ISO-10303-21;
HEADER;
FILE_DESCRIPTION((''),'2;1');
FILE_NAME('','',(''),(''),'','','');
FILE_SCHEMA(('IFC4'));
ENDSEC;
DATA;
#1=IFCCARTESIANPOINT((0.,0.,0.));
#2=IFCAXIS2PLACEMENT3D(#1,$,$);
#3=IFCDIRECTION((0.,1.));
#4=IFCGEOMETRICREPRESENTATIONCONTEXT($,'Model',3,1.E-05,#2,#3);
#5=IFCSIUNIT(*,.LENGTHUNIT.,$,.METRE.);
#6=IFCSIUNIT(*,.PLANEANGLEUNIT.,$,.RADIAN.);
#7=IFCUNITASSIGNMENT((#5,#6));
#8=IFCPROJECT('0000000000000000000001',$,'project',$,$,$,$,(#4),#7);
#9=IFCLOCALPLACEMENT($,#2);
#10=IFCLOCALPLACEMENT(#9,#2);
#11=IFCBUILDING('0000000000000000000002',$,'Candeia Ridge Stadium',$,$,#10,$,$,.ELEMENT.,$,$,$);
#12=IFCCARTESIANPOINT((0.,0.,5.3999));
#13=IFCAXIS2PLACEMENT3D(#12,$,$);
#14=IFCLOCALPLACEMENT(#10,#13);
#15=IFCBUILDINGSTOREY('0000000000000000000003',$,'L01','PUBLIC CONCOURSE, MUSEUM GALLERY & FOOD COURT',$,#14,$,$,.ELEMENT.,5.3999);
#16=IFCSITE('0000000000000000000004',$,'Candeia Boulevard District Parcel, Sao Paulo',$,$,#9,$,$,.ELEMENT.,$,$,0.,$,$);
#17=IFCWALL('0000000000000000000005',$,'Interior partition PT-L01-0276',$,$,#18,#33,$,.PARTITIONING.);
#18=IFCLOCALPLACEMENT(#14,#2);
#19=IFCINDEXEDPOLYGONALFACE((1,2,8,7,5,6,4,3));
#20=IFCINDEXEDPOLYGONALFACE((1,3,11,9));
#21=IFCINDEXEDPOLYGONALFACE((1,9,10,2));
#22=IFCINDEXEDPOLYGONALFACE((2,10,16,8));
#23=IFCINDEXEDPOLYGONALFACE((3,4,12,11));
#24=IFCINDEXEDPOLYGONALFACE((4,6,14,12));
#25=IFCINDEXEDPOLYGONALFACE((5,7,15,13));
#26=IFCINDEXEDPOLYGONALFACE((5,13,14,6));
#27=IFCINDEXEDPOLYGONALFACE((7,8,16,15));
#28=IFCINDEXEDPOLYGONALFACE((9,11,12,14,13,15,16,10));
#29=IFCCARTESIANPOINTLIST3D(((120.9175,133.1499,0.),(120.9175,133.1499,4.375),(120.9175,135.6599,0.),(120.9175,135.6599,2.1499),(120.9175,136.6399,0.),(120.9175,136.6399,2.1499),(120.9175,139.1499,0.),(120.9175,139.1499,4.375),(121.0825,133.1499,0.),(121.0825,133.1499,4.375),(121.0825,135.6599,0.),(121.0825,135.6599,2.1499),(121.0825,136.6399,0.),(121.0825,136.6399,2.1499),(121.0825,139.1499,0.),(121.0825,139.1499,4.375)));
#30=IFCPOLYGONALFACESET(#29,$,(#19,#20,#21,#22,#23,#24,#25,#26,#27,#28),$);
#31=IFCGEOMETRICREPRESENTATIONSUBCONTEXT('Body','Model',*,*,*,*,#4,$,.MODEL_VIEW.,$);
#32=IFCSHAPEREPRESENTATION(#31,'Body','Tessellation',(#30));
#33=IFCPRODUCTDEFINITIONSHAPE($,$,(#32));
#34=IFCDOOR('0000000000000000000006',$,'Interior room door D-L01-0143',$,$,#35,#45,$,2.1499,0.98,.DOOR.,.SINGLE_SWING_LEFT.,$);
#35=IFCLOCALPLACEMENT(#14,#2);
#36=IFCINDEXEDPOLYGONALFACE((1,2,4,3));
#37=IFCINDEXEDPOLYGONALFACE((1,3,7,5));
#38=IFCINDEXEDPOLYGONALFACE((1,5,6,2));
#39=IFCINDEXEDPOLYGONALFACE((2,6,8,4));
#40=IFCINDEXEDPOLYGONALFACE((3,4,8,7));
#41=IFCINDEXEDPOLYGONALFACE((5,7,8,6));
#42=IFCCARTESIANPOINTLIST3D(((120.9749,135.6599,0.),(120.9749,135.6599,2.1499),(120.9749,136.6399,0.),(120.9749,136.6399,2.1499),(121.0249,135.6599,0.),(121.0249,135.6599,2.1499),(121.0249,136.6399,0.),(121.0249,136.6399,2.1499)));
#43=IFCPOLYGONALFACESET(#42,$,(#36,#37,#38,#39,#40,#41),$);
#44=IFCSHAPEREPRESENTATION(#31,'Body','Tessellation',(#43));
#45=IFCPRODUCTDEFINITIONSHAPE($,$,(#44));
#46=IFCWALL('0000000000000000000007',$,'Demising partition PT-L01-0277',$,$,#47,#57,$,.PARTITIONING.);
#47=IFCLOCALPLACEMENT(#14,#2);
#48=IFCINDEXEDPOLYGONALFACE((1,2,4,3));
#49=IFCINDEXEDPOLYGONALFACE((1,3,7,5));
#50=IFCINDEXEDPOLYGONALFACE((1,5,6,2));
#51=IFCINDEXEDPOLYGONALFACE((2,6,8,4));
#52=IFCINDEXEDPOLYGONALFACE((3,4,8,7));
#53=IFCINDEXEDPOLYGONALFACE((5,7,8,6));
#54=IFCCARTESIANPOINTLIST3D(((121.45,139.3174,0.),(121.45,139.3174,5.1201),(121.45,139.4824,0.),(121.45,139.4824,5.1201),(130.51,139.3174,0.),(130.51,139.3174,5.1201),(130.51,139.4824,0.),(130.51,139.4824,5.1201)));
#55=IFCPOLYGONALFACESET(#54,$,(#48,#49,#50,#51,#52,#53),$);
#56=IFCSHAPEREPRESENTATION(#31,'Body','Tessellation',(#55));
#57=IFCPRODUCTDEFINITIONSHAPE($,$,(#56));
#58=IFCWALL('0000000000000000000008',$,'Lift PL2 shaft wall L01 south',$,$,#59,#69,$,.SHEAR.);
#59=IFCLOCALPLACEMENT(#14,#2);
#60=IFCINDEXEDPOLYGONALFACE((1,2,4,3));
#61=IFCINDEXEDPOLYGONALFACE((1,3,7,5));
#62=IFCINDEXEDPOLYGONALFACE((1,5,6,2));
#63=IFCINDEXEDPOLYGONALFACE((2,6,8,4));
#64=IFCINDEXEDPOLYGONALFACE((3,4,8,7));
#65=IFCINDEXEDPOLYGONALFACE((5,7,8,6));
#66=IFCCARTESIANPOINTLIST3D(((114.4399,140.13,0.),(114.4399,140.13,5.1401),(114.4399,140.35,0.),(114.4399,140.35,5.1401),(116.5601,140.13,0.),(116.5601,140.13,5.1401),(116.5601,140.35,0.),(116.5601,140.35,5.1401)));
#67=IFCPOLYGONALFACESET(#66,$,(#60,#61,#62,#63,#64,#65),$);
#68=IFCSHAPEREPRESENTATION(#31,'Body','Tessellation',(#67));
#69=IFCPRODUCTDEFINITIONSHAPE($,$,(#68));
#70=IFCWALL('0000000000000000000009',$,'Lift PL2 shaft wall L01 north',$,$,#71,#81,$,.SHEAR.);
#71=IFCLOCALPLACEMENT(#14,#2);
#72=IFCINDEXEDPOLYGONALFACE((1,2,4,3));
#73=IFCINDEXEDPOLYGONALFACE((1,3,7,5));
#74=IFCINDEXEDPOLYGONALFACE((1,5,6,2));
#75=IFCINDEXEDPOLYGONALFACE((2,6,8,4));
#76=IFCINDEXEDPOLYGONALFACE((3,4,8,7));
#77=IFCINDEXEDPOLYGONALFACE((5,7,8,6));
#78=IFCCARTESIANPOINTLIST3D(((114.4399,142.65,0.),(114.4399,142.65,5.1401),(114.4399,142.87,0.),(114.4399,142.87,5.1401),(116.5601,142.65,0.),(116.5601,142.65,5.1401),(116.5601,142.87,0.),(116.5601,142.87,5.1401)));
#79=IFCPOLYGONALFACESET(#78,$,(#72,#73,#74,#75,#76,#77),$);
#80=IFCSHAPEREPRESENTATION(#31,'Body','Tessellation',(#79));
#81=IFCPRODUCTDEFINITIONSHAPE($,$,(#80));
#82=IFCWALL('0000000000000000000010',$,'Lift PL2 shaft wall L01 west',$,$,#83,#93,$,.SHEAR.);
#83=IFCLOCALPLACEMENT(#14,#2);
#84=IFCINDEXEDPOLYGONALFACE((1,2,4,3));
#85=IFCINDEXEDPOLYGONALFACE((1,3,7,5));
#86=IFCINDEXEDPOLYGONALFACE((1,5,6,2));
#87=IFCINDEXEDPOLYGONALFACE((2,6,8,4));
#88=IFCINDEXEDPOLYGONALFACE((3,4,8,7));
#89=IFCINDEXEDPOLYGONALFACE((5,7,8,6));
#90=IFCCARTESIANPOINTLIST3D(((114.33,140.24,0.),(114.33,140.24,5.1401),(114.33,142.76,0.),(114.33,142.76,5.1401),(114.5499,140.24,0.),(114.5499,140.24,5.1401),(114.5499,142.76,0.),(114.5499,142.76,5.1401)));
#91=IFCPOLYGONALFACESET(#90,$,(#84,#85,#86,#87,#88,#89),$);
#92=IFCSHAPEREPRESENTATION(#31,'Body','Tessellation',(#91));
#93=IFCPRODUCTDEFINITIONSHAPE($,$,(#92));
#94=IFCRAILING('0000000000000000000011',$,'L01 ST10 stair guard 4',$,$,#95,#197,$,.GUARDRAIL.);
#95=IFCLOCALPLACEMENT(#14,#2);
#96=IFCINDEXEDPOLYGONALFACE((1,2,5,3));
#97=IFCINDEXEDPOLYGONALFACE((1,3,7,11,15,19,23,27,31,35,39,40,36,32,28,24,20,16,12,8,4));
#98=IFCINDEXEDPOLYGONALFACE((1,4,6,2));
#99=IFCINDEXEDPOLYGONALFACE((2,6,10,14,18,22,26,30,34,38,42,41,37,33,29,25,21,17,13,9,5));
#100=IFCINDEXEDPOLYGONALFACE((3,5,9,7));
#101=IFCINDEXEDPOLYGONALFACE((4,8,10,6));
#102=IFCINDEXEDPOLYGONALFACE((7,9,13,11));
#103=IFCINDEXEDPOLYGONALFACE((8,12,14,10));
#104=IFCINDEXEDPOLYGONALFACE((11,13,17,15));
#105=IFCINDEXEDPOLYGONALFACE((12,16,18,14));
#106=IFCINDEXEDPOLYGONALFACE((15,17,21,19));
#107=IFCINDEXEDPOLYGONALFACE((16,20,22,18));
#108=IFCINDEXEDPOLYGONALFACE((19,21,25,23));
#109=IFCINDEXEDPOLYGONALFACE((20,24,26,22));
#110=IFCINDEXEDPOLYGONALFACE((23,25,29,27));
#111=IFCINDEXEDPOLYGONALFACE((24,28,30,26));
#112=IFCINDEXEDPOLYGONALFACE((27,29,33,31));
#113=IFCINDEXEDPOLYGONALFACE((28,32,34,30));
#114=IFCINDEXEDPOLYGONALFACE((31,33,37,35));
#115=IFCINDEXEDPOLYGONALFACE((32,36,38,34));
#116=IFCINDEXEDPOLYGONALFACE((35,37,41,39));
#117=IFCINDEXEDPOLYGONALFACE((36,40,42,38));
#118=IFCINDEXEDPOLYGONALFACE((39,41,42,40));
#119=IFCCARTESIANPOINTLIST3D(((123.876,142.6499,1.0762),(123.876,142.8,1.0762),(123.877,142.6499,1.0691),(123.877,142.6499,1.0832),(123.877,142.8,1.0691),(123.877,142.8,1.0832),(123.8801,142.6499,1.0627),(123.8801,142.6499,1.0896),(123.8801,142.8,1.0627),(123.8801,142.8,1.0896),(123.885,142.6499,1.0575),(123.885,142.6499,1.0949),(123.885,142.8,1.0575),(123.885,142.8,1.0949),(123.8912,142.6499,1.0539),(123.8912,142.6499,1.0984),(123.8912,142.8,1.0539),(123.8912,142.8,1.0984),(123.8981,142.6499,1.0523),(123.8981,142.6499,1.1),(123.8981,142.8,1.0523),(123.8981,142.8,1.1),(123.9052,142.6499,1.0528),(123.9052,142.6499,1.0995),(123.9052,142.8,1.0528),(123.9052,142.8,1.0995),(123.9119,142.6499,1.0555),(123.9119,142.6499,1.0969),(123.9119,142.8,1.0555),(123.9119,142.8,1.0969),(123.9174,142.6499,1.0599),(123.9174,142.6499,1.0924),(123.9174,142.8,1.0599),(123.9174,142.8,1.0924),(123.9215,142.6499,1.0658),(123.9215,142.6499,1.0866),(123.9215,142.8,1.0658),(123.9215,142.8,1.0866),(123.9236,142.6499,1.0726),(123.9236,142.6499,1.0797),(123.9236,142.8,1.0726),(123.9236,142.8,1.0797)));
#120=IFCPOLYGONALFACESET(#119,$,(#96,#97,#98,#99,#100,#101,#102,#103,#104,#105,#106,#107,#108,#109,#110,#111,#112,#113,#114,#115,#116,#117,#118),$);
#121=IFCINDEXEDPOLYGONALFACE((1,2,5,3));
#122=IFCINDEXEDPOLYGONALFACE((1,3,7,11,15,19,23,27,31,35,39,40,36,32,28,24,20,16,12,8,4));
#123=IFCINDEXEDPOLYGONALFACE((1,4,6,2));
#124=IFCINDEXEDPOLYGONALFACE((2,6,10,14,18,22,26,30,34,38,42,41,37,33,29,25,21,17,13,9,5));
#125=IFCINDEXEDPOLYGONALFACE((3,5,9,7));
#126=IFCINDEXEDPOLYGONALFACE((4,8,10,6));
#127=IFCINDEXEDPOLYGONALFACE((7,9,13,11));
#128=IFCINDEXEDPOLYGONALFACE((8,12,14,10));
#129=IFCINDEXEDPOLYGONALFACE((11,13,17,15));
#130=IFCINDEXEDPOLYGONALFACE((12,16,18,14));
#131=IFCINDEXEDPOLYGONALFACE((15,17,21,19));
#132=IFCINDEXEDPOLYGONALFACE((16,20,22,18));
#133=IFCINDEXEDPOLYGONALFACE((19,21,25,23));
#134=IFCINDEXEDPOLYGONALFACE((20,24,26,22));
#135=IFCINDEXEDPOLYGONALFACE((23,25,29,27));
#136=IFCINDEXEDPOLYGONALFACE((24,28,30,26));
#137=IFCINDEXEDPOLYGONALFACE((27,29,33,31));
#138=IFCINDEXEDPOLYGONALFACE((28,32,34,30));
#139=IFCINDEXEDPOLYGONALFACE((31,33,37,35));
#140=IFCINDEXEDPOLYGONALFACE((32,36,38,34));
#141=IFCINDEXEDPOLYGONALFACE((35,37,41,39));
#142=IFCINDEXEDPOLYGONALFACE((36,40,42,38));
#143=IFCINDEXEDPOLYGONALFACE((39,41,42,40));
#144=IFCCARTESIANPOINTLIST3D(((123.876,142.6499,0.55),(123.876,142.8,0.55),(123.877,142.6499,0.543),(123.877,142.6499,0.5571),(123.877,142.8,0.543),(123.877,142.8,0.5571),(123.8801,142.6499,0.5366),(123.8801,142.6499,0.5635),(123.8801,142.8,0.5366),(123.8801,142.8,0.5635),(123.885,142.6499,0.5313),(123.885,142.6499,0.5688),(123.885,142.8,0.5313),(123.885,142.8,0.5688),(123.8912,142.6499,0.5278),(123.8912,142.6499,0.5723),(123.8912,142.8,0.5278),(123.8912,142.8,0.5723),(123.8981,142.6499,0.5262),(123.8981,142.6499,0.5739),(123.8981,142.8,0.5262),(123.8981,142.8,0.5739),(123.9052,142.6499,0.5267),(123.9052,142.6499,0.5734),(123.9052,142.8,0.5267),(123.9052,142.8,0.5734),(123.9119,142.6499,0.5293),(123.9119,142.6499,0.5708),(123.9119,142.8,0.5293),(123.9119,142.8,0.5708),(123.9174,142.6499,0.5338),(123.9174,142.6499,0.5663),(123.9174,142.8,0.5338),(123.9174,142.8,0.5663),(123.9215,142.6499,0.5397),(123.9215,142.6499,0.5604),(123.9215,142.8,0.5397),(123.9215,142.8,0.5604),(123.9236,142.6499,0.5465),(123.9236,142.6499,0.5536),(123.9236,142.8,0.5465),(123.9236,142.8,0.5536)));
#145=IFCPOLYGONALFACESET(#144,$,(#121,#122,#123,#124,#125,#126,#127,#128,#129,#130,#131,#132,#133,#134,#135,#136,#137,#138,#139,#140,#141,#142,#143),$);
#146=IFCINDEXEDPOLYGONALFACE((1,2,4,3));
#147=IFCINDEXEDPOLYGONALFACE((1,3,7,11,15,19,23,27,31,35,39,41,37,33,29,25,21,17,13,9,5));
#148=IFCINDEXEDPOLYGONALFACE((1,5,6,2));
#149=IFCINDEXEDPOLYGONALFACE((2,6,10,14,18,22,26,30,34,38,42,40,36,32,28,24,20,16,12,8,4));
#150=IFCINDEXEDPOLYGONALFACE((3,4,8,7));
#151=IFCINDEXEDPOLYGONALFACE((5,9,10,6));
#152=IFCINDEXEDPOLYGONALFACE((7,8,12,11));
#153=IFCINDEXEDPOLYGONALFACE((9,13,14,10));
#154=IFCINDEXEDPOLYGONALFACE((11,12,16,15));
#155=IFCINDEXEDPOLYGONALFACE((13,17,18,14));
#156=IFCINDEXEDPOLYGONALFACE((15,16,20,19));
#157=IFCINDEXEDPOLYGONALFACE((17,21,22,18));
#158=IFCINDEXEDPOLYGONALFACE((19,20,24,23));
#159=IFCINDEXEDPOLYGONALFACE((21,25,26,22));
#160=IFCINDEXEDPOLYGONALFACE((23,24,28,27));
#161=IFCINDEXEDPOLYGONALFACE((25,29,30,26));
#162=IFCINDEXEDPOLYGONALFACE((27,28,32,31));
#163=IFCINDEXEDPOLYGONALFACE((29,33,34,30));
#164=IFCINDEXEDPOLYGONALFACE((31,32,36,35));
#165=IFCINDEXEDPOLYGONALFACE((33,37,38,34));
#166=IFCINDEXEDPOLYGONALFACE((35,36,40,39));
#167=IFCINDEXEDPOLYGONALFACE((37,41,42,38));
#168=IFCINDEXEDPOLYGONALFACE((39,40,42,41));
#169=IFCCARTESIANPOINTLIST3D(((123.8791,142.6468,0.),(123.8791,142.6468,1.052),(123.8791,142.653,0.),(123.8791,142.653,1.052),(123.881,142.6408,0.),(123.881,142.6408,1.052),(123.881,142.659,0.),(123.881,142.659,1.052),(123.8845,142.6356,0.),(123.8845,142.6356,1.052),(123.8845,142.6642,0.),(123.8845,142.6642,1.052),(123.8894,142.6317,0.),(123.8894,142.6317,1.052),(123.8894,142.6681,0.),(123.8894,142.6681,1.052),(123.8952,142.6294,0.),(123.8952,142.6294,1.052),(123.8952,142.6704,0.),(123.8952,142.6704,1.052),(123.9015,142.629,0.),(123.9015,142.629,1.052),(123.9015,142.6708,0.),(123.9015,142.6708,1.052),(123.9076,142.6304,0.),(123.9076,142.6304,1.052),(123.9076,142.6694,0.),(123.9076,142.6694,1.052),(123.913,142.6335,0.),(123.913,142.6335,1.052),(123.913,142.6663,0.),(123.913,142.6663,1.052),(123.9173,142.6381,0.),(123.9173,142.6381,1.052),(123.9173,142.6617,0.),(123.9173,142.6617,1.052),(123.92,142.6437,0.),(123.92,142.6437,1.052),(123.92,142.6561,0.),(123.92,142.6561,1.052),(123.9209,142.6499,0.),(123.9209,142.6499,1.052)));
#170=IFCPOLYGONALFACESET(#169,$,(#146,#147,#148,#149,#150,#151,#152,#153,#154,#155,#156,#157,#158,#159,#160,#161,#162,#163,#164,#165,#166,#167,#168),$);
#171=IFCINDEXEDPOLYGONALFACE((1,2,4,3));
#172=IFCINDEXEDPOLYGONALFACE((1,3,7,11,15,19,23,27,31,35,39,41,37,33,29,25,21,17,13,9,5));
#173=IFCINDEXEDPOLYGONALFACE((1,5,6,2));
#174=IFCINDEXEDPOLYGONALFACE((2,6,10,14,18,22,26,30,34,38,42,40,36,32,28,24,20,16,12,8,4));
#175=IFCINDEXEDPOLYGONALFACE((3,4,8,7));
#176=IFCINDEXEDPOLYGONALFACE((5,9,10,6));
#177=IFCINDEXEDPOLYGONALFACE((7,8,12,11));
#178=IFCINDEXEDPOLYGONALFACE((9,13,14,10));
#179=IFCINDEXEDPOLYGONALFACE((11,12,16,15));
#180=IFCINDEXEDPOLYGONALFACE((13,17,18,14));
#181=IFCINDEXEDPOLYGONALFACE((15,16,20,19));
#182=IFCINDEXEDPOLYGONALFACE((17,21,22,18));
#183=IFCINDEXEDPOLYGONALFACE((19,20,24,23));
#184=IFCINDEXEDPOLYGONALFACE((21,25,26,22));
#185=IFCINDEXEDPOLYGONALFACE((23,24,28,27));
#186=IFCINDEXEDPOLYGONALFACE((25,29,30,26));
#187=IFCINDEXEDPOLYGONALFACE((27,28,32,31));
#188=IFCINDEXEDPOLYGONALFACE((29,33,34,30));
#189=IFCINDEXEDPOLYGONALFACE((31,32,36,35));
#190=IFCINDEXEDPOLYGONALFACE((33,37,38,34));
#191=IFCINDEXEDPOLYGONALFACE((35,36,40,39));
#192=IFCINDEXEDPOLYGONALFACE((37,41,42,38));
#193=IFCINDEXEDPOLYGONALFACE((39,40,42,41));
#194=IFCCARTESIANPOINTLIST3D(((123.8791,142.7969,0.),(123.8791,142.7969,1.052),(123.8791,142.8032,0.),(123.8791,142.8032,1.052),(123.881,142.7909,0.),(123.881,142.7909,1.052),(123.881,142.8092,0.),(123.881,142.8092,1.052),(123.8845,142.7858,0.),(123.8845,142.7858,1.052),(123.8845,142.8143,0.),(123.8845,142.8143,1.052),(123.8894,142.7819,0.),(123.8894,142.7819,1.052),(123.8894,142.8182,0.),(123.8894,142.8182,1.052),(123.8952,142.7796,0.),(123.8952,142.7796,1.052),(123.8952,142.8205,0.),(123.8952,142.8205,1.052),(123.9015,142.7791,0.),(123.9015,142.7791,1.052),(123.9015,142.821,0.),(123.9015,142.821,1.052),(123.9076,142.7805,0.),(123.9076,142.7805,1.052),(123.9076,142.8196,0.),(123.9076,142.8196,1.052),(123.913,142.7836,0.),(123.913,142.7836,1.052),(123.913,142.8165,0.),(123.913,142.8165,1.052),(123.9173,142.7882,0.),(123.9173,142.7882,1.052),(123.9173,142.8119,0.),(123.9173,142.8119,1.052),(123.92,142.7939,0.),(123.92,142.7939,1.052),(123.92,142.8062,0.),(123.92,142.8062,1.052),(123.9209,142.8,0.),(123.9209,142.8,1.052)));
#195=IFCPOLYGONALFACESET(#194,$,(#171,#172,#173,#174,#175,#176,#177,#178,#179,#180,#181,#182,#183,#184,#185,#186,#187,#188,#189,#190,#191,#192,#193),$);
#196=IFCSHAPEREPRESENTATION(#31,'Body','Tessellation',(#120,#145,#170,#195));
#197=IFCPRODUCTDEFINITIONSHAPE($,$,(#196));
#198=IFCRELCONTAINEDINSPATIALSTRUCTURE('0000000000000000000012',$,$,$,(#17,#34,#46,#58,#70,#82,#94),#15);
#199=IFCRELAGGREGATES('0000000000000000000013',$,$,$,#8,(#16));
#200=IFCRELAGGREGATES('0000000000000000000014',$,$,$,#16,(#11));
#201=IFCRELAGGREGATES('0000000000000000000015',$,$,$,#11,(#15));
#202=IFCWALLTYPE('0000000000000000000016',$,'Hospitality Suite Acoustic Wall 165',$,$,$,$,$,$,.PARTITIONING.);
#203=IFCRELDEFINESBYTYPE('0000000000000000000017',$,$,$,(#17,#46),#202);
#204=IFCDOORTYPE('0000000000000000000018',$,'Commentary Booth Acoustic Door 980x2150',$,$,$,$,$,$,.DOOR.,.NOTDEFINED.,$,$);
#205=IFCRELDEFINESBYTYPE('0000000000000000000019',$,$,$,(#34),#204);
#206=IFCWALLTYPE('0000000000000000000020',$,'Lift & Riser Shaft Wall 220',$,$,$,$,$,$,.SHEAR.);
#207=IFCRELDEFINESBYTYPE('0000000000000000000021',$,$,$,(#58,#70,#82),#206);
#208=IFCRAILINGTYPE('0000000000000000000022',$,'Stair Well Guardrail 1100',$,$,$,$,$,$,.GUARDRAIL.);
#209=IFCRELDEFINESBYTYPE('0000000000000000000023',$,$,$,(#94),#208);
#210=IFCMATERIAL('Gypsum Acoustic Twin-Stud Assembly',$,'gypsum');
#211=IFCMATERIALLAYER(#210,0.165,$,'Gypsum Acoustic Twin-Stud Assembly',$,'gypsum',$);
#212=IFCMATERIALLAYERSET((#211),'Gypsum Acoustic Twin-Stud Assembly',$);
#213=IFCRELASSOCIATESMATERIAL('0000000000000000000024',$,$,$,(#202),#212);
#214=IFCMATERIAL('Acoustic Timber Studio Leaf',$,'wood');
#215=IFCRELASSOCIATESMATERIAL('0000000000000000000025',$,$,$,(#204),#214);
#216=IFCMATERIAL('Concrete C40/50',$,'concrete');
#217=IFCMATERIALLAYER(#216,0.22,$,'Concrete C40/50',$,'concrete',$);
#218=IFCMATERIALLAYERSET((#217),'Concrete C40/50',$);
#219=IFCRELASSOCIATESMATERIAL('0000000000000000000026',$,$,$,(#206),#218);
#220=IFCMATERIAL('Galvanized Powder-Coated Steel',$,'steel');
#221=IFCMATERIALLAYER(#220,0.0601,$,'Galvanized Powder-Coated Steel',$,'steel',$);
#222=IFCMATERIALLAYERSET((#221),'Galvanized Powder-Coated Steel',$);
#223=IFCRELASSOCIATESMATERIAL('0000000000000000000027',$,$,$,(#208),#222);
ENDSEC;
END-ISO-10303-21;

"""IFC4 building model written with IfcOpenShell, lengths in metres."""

from ifc_helpers import new_model, si_unit, direction, frame, frame_2d, origin, origin_2d, place, context, subcontext, project, spatial, rectangle, circle, extrude, material, layer, layer_set, type_object, element, fill, save


model = new_model("IFC4")

# Units and contexts
model_context = context("Model", 3, precision=1e-05, world=origin(), true_north=direction((0.0, 1.0)))
body_context = subcontext(model_context, "Body", "Model", "MODEL_VIEW")
ifc_project = project(units=[si_unit("LENGTHUNIT", "METRE"), si_unit("PLANEANGLEUNIT", "RADIAN")], contexts=[model_context])

# Site, building, storey
site_placement = place(None, origin())
site = spatial("IfcSite", under=ifc_project, at=site_placement, Name="Candeia Boulevard District Parcel, Sao Paulo", CompositionType="ELEMENT", RefElevation=0.0)
building_placement = place(site_placement, origin())
building = spatial("IfcBuilding", under=site, at=building_placement, Name="Candeia Ridge Stadium", CompositionType="ELEMENT")
storey_placement = place(building_placement, frame((0.0, 0.0, 5.3999)))
storey = spatial("IfcBuildingStorey", under=building, at=storey_placement, Name="L01", Description="PUBLIC CONCOURSE, MUSEUM GALLERY & FOOD COURT", CompositionType="ELEMENT", Elevation=5.3999)

# Shared definitions
ifc_material_1 = material(Name="Concrete C40/50", Category="concrete")

# Wall, opening, door
ifc_material_2 = material(Name="Gypsum Acoustic Twin-Stud Assembly", Category="gypsum")
ifc_layer_1 = layer(ifc_material_2, 0.165, Name="Gypsum Acoustic Twin-Stud Assembly", Category="gypsum")
ifc_layer_set_1 = layer_set([ifc_layer_1], Name="Gypsum Acoustic Twin-Stud Assembly")
wall_type_1 = type_object("IfcWallType", Name="Hospitality Suite Acoustic Wall 165", PredefinedType="PARTITIONING", material=ifc_layer_set_1)
wall_1_placement = place(storey_placement, frame((121.0, 133.1499, 0.0), z_axis=(0.0, 0.0, 1.0), x_axis=(0.0, 1.0, 0.0)))
wall_1 = element("IfcWall", 1, at=wall_1_placement, inside=storey, type_object=wall_type_1, Name="Interior partition PT-L01-0276", PredefinedType="PARTITIONING", context=body_context, shape_type="SweptSolid", body=[
    extrude(rectangle(XDim=6.0, YDim=0.165, at=frame_2d((3.0, 0.0))), origin(), (0.0, 0.0, 1.0), 4.375),
])
opening_1_placement = place(wall_1_placement, frame((2.51, 0.0, 0.0)))
opening_1 = element("IfcOpeningElement", 2, at=opening_1_placement, cuts=wall_1, PredefinedType="OPENING", context=body_context, shape_type="SweptSolid", body=[
    extrude(rectangle(XDim=0.98, YDim=2.1499, at=frame_2d((0.49, 1.075))), frame((0.0, 0.0925, 0.0), z_axis=(0.0, -1.0, 0.0), x_axis=(1.0, 0.0, 0.0)), (0.0, 0.0, 1.0), 0.1851),
])
ifc_material_3 = material(Name="Acoustic Timber Studio Leaf", Category="wood")
door_type_1 = type_object("IfcDoorType", Name="Commentary Booth Acoustic Door 980x2150", OperationType="NOTDEFINED", PredefinedType="DOOR", material=ifc_material_3)
door_1_placement = place(opening_1_placement, frame((0.98, 0.0, 0.0), z_axis=(0.0, 0.0, 1.0), x_axis=(-1.0, 0.0, 0.0)))
door_1 = element("IfcDoor", 3, at=door_1_placement, inside=storey, type_object=door_type_1, Name="Interior room door D-L01-0143", OperationType="SINGLE_SWING_LEFT", OverallHeight=2.1499, OverallWidth=0.98, PredefinedType="DOOR", context=body_context, shape_type="SweptSolid", body=[
    extrude(rectangle(XDim=0.98, YDim=2.1499, at=frame_2d((0.49, 1.075))), frame((0.0, 0.0249, 0.0), z_axis=(0.0, -1.0, 0.0), x_axis=(1.0, 0.0, 0.0)), (0.0, 0.0, 1.0), 0.05),
])
fill(opening_1, door_1)

# Walls
wall_2_placement = place(storey_placement, frame((121.45, 139.3999, 0.0), z_axis=(0.0, 0.0, 1.0), x_axis=(1.0, 0.0, 0.0)))
element("IfcWall", 4, at=wall_2_placement, inside=storey, type_object=wall_type_1, Name="Demising partition PT-L01-0277", PredefinedType="PARTITIONING", context=body_context, shape_type="SweptSolid", body=[
    extrude(rectangle(XDim=9.0601, YDim=0.165, at=frame_2d((4.53, 0.0))), origin(), (0.0, 0.0, 1.0), 5.1201),
])
ifc_layer_2 = layer(ifc_material_1, 0.22, Name="Concrete C40/50", Category="concrete")
ifc_layer_set_2 = layer_set([ifc_layer_2], Name="Concrete C40/50")
wall_type_2 = type_object("IfcWallType", Name="Lift & Riser Shaft Wall 220", PredefinedType="SHEAR", material=ifc_layer_set_2)
wall_3_placement = place(storey_placement, frame((114.4399, 140.24, 0.0), z_axis=(0.0, 0.0, 1.0), x_axis=(1.0, 0.0, 0.0)))
element("IfcWall", 5, at=wall_3_placement, inside=storey, type_object=wall_type_2, Name="Lift PL2 shaft wall L01 south", PredefinedType="SHEAR", context=body_context, shape_type="SweptSolid", body=[
    extrude(rectangle(XDim=2.1201, YDim=0.22, at=frame_2d((1.0601, 0.0))), origin(), (0.0, 0.0, 1.0), 5.1401),
])

# Walls
wall_4_placement = place(storey_placement, frame((116.5601, 142.76, 0.0), z_axis=(0.0, 0.0, 1.0), x_axis=(-1.0, 0.0, 0.0)))
element("IfcWall", 6, at=wall_4_placement, inside=storey, type_object=wall_type_2, Name="Lift PL2 shaft wall L01 north", PredefinedType="SHEAR", context=body_context, shape_type="SweptSolid", body=[
    extrude(rectangle(XDim=2.1201, YDim=0.22, at=frame_2d((1.0601, 0.0))), origin(), (0.0, 0.0, 1.0), 5.1401),
])
wall_5_placement = place(storey_placement, frame((114.4399, 142.76, 0.0), z_axis=(0.0, 0.0, 1.0), x_axis=(0.0, -1.0, 0.0)))
element("IfcWall", 7, at=wall_5_placement, inside=storey, type_object=wall_type_2, Name="Lift PL2 shaft wall L01 west", PredefinedType="SHEAR", context=body_context, shape_type="SweptSolid", body=[
    extrude(rectangle(XDim=2.52, YDim=0.22, at=frame_2d((1.26, 0.0))), origin(), (0.0, 0.0, 1.0), 5.1401),
])

# Railing
ifc_material_4 = material(Name="Galvanized Powder-Coated Steel", Category="steel")
ifc_layer_3 = layer(ifc_material_4, 0.0601, Name="Galvanized Powder-Coated Steel", Category="steel")
ifc_layer_set_3 = layer_set([ifc_layer_3], Name="Galvanized Powder-Coated Steel")
railing_type = type_object("IfcRailingType", Name="Stair Well Guardrail 1100", PredefinedType="GUARDRAIL", material=ifc_layer_set_3)
railing_placement = place(storey_placement, frame((123.8999, 142.6499, 0.0)))
element("IfcRailing", 8, at=railing_placement, inside=storey, type_object=railing_type, Name="L01 ST10 stair guard 4", PredefinedType="GUARDRAIL", context=body_context, shape_type="SweptSolid", body=[
    extrude(circle(Radius=0.0239, at=origin_2d()), frame((0.0, 0.0, 1.0762), z_axis=(0.0, 1.0, 0.0), x_axis=(-1.0, 0.0, 0.0)), (0.0, 0.0, 1.0), 0.1501),
    extrude(circle(Radius=0.0239, at=origin_2d()), frame((0.0, 0.0, 0.55), z_axis=(0.0, 1.0, 0.0), x_axis=(-1.0, 0.0, 0.0)), (0.0, 0.0, 1.0), 0.1501),
    extrude(circle(Radius=0.021, at=origin_2d()), origin(), (0.0, 0.0, 1.0), 1.052),
    extrude(circle(Radius=0.021, at=origin_2d()), frame((0.0, 0.1501, 0.0)), (0.0, 0.0, 1.0), 1.052),
])

save(model, "model.ifc")
